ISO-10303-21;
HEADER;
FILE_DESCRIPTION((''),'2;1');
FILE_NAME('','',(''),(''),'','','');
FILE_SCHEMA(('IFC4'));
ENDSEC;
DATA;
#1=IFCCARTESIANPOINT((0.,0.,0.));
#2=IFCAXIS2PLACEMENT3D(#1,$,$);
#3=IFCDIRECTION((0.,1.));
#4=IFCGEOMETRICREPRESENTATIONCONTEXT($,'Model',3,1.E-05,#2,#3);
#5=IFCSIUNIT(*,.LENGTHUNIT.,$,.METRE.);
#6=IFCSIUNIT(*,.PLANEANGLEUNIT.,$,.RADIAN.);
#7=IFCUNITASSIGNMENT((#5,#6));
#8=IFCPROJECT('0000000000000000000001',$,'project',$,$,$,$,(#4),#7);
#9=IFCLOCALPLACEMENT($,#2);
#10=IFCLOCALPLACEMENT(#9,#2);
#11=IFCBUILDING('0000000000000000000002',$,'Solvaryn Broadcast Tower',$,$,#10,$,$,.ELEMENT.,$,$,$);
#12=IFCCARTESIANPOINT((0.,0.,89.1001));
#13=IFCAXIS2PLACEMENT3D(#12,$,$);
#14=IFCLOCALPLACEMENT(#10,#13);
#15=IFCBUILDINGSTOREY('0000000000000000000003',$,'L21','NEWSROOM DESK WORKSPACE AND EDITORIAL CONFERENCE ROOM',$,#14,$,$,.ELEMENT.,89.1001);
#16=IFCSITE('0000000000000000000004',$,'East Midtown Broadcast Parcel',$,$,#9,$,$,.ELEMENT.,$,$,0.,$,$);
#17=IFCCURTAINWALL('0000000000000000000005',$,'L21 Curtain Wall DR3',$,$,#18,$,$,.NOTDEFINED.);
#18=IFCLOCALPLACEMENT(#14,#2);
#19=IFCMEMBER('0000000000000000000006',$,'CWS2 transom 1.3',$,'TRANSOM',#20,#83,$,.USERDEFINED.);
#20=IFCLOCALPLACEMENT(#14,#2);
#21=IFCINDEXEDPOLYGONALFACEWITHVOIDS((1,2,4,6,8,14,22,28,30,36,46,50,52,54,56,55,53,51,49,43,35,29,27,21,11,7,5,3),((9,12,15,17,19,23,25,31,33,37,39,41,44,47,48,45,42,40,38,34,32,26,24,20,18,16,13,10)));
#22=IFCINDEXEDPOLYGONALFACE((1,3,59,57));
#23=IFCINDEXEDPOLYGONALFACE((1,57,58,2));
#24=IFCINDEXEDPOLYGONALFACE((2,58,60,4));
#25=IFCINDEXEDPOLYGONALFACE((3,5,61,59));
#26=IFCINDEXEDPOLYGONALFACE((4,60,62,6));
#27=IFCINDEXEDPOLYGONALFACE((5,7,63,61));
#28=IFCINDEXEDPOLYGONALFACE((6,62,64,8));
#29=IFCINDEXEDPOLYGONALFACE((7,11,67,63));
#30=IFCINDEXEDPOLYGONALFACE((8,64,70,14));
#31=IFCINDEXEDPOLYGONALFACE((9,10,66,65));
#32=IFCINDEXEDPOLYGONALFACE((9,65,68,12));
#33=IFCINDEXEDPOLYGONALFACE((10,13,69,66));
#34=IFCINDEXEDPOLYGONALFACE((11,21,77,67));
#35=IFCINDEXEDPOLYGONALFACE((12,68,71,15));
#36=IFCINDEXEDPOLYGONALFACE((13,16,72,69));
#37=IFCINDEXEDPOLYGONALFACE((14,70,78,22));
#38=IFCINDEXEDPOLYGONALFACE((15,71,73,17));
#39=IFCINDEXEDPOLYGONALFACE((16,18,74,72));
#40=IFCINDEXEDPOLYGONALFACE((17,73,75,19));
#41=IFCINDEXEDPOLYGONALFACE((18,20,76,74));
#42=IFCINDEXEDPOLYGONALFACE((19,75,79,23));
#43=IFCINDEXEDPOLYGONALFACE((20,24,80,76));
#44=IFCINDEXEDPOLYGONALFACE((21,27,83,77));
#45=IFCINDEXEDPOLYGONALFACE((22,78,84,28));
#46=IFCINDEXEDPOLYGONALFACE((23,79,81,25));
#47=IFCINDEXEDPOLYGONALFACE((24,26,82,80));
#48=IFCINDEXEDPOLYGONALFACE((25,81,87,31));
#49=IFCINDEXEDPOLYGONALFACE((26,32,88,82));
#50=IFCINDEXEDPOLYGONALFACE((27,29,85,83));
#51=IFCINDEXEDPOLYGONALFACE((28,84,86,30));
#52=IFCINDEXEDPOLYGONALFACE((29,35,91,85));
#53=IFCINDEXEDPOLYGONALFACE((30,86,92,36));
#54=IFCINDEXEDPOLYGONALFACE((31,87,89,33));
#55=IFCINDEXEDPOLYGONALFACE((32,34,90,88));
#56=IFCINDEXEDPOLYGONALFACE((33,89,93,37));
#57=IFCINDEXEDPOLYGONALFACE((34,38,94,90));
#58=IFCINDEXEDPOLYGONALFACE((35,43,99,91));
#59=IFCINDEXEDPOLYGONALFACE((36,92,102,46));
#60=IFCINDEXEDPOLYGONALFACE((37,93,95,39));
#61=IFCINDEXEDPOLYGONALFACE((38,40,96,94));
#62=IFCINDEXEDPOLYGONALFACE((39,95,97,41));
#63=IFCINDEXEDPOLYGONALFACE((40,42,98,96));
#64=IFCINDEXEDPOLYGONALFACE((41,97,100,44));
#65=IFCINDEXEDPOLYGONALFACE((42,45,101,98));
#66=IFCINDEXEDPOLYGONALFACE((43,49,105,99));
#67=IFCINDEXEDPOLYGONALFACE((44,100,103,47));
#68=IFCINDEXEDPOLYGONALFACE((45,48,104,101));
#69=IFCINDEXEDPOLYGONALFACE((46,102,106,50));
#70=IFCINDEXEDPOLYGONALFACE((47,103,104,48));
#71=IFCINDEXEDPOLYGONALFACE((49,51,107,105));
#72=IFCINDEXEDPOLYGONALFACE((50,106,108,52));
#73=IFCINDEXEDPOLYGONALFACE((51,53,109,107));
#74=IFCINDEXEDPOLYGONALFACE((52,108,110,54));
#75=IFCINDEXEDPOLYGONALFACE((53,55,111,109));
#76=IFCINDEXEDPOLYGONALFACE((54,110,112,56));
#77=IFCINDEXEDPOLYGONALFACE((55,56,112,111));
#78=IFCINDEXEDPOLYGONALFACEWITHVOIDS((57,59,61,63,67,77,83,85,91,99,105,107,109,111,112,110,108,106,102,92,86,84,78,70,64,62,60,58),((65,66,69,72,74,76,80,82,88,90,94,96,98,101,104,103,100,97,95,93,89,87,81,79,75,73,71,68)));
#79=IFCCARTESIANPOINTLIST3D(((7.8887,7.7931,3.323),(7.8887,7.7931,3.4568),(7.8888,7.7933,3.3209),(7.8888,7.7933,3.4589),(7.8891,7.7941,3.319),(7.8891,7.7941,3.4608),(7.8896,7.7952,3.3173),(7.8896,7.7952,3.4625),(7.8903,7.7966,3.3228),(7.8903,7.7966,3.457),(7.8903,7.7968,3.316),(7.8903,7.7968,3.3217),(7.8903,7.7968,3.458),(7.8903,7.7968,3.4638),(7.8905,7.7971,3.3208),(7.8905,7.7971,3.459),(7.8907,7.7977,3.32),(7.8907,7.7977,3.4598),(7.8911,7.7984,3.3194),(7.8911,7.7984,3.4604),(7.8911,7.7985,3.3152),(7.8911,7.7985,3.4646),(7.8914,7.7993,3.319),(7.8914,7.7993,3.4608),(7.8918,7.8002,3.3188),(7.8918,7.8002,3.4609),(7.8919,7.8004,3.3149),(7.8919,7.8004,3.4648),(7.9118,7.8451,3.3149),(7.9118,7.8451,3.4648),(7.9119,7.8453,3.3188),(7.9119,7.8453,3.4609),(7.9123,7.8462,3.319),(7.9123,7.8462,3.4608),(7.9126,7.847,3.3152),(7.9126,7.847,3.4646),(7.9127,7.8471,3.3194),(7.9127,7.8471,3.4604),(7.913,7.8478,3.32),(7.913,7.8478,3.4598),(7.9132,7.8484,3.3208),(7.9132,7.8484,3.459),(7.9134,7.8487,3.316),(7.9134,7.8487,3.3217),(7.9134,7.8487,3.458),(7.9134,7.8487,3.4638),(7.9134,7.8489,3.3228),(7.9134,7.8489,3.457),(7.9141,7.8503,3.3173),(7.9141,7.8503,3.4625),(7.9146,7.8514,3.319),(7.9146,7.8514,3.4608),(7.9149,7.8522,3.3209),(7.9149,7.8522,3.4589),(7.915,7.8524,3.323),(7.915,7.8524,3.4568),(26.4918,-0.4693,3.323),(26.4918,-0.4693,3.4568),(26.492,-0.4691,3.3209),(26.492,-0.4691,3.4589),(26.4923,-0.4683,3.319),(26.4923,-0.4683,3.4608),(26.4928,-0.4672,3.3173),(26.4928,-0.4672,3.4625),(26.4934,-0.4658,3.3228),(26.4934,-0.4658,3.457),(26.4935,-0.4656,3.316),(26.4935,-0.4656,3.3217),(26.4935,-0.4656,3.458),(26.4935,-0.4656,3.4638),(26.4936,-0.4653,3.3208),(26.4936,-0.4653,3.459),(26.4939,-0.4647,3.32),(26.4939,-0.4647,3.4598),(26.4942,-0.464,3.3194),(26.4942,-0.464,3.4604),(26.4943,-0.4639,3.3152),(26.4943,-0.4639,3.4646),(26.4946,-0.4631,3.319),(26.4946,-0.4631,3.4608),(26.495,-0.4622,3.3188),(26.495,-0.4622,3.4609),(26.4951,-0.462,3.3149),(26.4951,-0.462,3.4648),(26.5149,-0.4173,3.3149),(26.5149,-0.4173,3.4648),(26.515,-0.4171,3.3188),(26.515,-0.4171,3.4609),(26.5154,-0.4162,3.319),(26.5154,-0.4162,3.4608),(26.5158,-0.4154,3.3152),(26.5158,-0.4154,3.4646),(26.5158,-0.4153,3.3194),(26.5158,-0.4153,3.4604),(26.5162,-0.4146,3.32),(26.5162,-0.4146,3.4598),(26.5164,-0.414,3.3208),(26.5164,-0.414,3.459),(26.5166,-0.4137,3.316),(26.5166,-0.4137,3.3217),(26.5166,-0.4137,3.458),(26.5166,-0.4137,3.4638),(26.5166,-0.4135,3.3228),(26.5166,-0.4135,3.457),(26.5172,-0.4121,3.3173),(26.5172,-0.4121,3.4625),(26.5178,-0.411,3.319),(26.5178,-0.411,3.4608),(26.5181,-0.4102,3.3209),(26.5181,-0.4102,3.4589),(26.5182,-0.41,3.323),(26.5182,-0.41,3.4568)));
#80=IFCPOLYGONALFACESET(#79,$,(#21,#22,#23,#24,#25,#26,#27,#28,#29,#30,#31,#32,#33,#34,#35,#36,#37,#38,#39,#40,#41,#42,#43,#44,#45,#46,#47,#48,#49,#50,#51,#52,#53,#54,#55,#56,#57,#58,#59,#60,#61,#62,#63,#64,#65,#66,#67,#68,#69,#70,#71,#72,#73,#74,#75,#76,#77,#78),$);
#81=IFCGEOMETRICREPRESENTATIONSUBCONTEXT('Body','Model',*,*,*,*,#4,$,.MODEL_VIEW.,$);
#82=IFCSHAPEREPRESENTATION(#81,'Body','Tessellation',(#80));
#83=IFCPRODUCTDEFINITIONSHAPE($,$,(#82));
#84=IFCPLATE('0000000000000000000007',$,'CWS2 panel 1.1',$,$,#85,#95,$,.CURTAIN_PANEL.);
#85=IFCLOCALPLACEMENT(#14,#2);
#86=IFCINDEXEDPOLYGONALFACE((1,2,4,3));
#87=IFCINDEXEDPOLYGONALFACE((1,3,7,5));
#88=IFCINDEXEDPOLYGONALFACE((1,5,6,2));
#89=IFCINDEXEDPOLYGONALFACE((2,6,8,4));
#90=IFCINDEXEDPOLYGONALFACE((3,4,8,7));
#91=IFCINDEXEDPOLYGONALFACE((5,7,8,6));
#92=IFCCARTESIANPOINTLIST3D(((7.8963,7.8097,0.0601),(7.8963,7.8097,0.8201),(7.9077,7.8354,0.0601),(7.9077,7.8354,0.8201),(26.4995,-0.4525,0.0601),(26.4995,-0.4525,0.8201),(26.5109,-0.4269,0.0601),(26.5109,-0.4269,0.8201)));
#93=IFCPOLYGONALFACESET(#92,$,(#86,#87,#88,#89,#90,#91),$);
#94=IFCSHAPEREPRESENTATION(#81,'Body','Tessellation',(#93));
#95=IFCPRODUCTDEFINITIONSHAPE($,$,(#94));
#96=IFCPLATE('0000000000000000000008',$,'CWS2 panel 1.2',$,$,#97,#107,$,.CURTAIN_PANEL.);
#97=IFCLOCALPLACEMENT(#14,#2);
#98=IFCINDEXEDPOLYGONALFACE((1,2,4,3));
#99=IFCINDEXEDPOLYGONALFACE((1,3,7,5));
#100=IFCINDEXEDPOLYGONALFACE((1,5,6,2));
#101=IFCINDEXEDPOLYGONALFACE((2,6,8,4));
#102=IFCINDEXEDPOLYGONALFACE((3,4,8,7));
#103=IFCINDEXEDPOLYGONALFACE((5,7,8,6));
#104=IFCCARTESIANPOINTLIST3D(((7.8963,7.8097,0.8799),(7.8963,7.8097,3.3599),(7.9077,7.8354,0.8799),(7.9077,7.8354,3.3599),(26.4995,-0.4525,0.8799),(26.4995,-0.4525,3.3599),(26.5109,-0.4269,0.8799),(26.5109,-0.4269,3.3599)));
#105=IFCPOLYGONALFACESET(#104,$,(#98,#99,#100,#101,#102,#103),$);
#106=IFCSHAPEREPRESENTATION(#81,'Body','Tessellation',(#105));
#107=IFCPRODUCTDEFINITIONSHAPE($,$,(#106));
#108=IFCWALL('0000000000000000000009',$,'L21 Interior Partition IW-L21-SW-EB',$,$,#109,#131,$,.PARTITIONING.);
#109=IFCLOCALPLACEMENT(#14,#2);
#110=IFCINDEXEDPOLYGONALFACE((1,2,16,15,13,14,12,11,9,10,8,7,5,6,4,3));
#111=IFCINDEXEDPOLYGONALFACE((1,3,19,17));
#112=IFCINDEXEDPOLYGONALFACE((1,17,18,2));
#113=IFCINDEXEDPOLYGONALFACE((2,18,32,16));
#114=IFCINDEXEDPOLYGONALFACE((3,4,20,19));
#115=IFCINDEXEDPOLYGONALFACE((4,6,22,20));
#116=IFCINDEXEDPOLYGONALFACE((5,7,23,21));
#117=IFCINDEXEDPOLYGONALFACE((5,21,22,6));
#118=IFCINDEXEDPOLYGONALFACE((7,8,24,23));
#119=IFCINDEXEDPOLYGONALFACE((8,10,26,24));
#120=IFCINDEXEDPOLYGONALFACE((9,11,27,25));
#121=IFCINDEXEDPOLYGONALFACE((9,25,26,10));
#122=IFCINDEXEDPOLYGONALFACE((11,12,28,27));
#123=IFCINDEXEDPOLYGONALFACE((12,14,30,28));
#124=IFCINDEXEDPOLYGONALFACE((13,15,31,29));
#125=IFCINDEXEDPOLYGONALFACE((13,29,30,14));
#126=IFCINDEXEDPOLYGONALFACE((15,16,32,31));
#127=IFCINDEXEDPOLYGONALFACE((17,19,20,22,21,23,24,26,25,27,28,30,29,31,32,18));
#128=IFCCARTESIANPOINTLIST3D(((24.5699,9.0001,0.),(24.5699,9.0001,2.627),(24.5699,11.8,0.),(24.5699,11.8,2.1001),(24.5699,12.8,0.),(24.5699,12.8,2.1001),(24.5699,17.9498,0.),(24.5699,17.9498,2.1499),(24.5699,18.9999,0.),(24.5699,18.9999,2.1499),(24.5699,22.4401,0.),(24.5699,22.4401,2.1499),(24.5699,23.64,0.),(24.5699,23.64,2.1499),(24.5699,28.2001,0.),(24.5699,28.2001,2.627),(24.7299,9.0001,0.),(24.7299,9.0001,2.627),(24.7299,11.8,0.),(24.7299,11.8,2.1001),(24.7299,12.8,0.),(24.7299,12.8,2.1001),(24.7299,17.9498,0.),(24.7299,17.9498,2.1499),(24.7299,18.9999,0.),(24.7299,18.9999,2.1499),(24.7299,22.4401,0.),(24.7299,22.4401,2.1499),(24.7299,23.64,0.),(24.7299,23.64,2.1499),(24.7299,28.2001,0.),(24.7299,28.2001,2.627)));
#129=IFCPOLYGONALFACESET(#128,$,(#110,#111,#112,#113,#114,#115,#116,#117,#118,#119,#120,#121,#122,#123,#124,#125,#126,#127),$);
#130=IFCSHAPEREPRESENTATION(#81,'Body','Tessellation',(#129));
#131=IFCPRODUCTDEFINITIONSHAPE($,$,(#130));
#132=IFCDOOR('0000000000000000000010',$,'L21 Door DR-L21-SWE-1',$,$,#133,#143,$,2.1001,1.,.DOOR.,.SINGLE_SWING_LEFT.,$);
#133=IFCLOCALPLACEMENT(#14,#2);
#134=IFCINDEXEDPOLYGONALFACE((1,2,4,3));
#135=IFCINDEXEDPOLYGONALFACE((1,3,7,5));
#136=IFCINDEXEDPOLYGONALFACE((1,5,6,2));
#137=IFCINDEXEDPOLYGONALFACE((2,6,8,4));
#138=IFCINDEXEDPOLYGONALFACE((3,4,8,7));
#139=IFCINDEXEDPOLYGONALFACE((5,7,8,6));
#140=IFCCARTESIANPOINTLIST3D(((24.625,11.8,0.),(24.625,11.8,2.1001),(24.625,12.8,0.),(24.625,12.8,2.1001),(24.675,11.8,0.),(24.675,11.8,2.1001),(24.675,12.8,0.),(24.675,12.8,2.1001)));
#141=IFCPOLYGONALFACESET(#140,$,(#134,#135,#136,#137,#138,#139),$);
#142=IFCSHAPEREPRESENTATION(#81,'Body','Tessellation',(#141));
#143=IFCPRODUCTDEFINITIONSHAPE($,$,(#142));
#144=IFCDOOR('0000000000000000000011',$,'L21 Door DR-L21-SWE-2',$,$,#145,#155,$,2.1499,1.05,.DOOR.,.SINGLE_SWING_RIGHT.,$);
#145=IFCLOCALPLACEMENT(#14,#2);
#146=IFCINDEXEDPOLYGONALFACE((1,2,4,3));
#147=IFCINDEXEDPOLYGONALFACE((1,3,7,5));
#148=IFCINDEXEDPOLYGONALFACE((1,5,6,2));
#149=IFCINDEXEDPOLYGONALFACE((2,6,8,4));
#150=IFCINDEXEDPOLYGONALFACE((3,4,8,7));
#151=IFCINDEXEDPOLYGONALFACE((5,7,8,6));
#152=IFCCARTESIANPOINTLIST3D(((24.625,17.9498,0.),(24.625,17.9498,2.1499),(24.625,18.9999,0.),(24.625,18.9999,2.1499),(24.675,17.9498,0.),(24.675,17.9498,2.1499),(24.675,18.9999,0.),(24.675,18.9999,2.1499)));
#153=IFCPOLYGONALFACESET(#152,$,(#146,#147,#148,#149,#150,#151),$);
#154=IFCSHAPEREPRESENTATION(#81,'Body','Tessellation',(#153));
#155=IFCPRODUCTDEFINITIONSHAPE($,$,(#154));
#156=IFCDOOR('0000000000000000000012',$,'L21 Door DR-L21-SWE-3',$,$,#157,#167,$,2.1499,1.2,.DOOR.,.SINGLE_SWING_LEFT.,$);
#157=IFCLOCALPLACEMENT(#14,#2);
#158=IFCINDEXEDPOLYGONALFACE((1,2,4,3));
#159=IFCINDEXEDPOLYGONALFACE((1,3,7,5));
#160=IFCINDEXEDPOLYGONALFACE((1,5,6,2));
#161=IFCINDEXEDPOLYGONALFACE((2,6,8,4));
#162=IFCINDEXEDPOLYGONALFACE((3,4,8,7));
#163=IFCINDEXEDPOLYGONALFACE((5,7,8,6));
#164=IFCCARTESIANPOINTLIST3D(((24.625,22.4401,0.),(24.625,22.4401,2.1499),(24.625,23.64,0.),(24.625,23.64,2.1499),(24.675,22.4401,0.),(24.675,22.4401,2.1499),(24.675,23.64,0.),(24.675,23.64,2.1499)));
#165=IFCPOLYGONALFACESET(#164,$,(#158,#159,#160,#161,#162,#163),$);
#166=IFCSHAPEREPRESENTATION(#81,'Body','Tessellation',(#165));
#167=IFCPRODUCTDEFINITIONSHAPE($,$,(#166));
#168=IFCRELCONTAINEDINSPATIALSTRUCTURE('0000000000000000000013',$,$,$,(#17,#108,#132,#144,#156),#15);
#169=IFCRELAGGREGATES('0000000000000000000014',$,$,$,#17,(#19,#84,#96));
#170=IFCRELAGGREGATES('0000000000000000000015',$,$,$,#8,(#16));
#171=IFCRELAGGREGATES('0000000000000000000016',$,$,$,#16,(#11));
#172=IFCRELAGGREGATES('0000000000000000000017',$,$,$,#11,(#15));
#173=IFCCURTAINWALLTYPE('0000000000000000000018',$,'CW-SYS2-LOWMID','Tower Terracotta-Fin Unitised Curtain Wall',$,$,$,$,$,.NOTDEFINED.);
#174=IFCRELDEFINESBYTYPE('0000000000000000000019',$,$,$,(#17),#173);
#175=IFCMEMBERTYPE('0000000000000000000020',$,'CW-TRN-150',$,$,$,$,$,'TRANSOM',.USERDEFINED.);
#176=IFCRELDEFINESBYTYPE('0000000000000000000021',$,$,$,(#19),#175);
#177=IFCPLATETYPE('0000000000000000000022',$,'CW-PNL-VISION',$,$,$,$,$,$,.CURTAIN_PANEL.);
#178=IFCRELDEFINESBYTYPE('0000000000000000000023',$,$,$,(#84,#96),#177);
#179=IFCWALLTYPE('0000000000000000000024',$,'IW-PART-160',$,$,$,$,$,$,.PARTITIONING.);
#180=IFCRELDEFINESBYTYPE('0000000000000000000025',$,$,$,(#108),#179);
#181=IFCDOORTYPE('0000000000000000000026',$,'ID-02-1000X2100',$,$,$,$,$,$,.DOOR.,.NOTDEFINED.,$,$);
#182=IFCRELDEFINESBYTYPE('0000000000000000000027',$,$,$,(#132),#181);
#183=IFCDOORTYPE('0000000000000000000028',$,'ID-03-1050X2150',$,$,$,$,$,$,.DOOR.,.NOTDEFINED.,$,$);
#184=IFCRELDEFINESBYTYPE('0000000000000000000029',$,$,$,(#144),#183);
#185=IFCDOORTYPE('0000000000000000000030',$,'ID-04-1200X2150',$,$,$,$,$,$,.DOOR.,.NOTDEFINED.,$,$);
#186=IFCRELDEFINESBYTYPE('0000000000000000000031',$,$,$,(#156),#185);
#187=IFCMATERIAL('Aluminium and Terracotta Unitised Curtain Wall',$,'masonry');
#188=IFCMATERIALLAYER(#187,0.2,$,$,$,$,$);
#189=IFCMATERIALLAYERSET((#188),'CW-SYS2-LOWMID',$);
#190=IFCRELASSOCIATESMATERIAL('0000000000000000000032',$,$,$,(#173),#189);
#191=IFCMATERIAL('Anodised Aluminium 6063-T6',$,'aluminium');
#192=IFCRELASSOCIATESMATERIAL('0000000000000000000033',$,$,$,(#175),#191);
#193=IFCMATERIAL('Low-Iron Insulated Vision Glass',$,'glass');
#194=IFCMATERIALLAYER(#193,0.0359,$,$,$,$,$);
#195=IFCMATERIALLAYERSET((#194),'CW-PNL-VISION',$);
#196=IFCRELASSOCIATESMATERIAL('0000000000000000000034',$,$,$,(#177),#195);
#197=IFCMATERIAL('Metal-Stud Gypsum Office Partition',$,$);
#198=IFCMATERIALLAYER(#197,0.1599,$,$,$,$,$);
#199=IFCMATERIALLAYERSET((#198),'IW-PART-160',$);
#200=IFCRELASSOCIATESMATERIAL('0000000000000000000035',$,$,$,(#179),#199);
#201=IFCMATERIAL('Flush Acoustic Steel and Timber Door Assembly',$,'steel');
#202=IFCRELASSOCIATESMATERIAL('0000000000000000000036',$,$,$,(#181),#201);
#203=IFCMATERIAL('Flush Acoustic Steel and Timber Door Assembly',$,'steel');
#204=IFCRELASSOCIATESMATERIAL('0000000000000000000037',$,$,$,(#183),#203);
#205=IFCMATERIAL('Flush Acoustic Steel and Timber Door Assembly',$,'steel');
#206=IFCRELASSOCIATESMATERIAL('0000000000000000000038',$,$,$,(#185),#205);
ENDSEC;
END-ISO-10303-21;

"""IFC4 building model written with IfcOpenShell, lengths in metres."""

from ifc_helpers import new_model, si_unit, direction, frame, frame_2d, origin, origin_2d, place, context, subcontext, project, spatial, rectangle, hollow_rectangle, extrude, material, layer, layer_set, material_profile, profile_set, type_object, element, fill, aggregate, save


model = new_model("IFC4")

# Units and contexts
model_context = context("Model", 3, precision=1e-05, world=origin(), true_north=direction((0.0, 1.0)))
body_context = subcontext(model_context, "Body", "Model", "MODEL_VIEW")
ifc_project = project(units=[si_unit("LENGTHUNIT", "METRE"), si_unit("PLANEANGLEUNIT", "RADIAN")], contexts=[model_context])

# Site, building, storey
site_placement = place(None, origin())
site = spatial("IfcSite", under=ifc_project, at=site_placement, Name="East Midtown Broadcast Parcel", CompositionType="ELEMENT", RefElevation=0.0)
building_placement = place(site_placement, origin())
building = spatial("IfcBuilding", under=site, at=building_placement, Name="Solvaryn Broadcast Tower", CompositionType="ELEMENT")
storey_placement = place(building_placement, frame((0.0, 0.0, 89.1001)))
storey = spatial("IfcBuildingStorey", under=building, at=storey_placement, Name="L21", Description="NEWSROOM DESK WORKSPACE AND EDITORIAL CONFERENCE ROOM", CompositionType="ELEMENT", Elevation=89.1001)

# Shared definitions
ifc_material_1 = material(Name="Aluminium and Terracotta Unitised Curtain Wall", Category="masonry")
ifc_layer_1 = layer(ifc_material_1, 0.2)
ifc_layer_set_1 = layer_set([ifc_layer_1], Name="CW-SYS2-LOWMID")
curtain_wall_type = type_object("IfcCurtainWallType", Name="CW-SYS2-LOWMID", Description="Tower Terracotta-Fin Unitised Curtain Wall", PredefinedType="NOTDEFINED", material=ifc_layer_set_1)

# Curtain wall, member, plates
curtain_wall_1_placement = place(storey_placement, origin())
curtain_wall_1 = element("IfcCurtainWall", 1, at=curtain_wall_1_placement, inside=storey, type_object=curtain_wall_type, Name="L21 Curtain Wall DR3", PredefinedType="NOTDEFINED")
ifc_material_2 = material(Name="Anodised Aluminium 6063-T6", Category="aluminium")
ifc_material_profile_1 = material_profile(ifc_material_2, hollow_rectangle(XDim=0.0649, YDim=0.1499, WallThickness=0.0039, InnerFilletRadius=0.0039, OuterFilletRadius=0.0081, at=origin_2d()))
ifc_profile_set_1 = profile_set([ifc_material_profile_1], Name="Anodised Aluminium 6063-T6")
member_type_1 = type_object("IfcMemberType", Name="CW-TRN-150", ElementType="TRANSOM", PredefinedType="USERDEFINED", material=ifc_profile_set_1)
member_1_placement = place(storey_placement, frame((7.9019, 7.8228, 3.3899), z_axis=(0.913915, -0.405906, 0.0), x_axis=(0.405906, 0.913915, 0.0)))
member_1 = element("IfcMember", 2, at=member_1_placement, type_object=member_type_1, Name="CWS2 transom 1.3", ObjectType="TRANSOM", PredefinedType="USERDEFINED", context=body_context, shape_type="SweptSolid", body=[
    extrude(hollow_rectangle(XDim=0.0649, YDim=0.1499, WallThickness=0.0039, InnerFilletRadius=0.0039, OuterFilletRadius=0.0081, at=origin_2d()), origin(), (0.0, 0.0, 1.0), 20.3555),
])
ifc_material_3 = material(Name="Low-Iron Insulated Vision Glass", Category="glass")
ifc_layer_2 = layer(ifc_material_3, 0.0359)
ifc_layer_set_2 = layer_set([ifc_layer_2], Name="CW-PNL-VISION")
plate_type = type_object("IfcPlateType", Name="CW-PNL-VISION", PredefinedType="CURTAIN_PANEL", material=ifc_layer_set_2)
plate_1_placement = place(storey_placement, frame((17.2036, 3.6914, 0.0601), z_axis=(0.0, 0.0, 1.0), x_axis=(0.913918, -0.405898, 0.0)))
plate_1 = element("IfcPlate", 3, at=plate_1_placement, type_object=plate_type, Name="CWS2 panel 1.1", PredefinedType="CURTAIN_PANEL", context=body_context, shape_type="SweptSolid", body=[
    extrude(rectangle(XDim=20.3555, YDim=0.0281, at=origin_2d()), origin(), (0.0, 0.0, 1.0), 0.76),
])
plate_2_placement = place(storey_placement, frame((17.2036, 3.6914, 0.8799), z_axis=(0.0, 0.0, 1.0), x_axis=(0.913918, -0.405898, 0.0)))
plate_2 = element("IfcPlate", 4, at=plate_2_placement, type_object=plate_type, Name="CWS2 panel 1.2", PredefinedType="CURTAIN_PANEL", context=body_context, shape_type="SweptSolid", body=[
    extrude(rectangle(XDim=20.3555, YDim=0.0281, at=origin_2d()), origin(), (0.0, 0.0, 1.0), 2.48),
])
aggregate(curtain_wall_1, [member_1, plate_1, plate_2])

# Wall, openings, doors
ifc_material_4 = material(Name="Metal-Stud Gypsum Office Partition")
ifc_layer_3 = layer(ifc_material_4, 0.1599)
ifc_layer_set_3 = layer_set([ifc_layer_3], Name="IW-PART-160")
wall_type_1 = type_object("IfcWallType", Name="IW-PART-160", PredefinedType="PARTITIONING", material=ifc_layer_set_3)
wall_1_placement = place(storey_placement, frame((24.6499, 9.0, 0.0), z_axis=(0.0, 0.0, 1.0), x_axis=(0.0, 1.0, 0.0)))
wall_1 = element("IfcWall", 5, at=wall_1_placement, inside=storey, type_object=wall_type_1, Name="L21 Interior Partition IW-L21-SW-EB", PredefinedType="PARTITIONING", context=body_context, shape_type="SweptSolid", body=[
    extrude(rectangle(XDim=19.2, YDim=0.1599, at=frame_2d((9.6001, 0.0))), origin(), (0.0, 0.0, 1.0), 2.627),
])
opening_1_placement = place(wall_1_placement, frame((2.8, 0.0, 0.0)))
opening_1 = element("IfcOpeningElement", 6, at=opening_1_placement, cuts=wall_1, PredefinedType="OPENING", context=body_context, shape_type="SweptSolid", body=[
    extrude(rectangle(XDim=1.0, YDim=2.1001, at=frame_2d((0.5, 1.05))), frame((0.0, 0.0901, 0.0), z_axis=(0.0, -1.0, 0.0), x_axis=(1.0, 0.0, 0.0)), (0.0, 0.0, 1.0), 0.1799),
])
opening_2_placement = place(wall_1_placement, frame((8.95, 0.0, 0.0)))
opening_2 = element("IfcOpeningElement", 7, at=opening_2_placement, cuts=wall_1, PredefinedType="OPENING", context=body_context, shape_type="SweptSolid", body=[
    extrude(rectangle(XDim=1.05, YDim=2.1499, at=frame_2d((0.5249, 1.075))), frame((0.0, 0.0901, 0.0), z_axis=(0.0, -1.0, 0.0), x_axis=(1.0, 0.0, 0.0)), (0.0, 0.0, 1.0), 0.1799),
])
opening_3_placement = place(wall_1_placement, frame((13.4399, 0.0, 0.0)))
opening_3 = element("IfcOpeningElement", 8, at=opening_3_placement, cuts=wall_1, PredefinedType="OPENING", context=body_context, shape_type="SweptSolid", body=[
    extrude(rectangle(XDim=1.2, YDim=2.1499, at=frame_2d((0.6001, 1.075))), frame((0.0, 0.0901, 0.0), z_axis=(0.0, -1.0, 0.0), x_axis=(1.0, 0.0, 0.0)), (0.0, 0.0, 1.0), 0.1799),
])
ifc_material_5 = material(Name="Flush Acoustic Steel and Timber Door Assembly", Category="steel")
door_type_1 = type_object("IfcDoorType", Name="ID-02-1000X2100", OperationType="NOTDEFINED", PredefinedType="DOOR", material=ifc_material_5)
door_1_placement = place(opening_1_placement, origin())
door_1 = element("IfcDoor", 9, at=door_1_placement, inside=storey, type_object=door_type_1, Name="L21 Door DR-L21-SWE-1", OperationType="SINGLE_SWING_LEFT", OverallHeight=2.1001, OverallWidth=1.0, PredefinedType="DOOR", context=body_context, shape_type="SweptSolid", body=[
    extrude(rectangle(XDim=1.0, YDim=2.1001, at=frame_2d((0.5, 1.05))), frame((0.0, 0.0249, 0.0), z_axis=(0.0, -1.0, 0.0), x_axis=(1.0, 0.0, 0.0)), (0.0, 0.0, 1.0), 0.05),
])
fill(opening_1, door_1)
ifc_material_6 = material(Name="Flush Acoustic Steel and Timber Door Assembly", Category="steel")
door_type_2 = type_object("IfcDoorType", Name="ID-03-1050X2150", OperationType="NOTDEFINED", PredefinedType="DOOR", material=ifc_material_6)
door_2_placement = place(opening_2_placement, origin())
door_2 = element("IfcDoor", 10, at=door_2_placement, inside=storey, type_object=door_type_2, Name="L21 Door DR-L21-SWE-2", OperationType="SINGLE_SWING_RIGHT", OverallHeight=2.1499, OverallWidth=1.05, PredefinedType="DOOR", context=body_context, shape_type="SweptSolid", body=[
    extrude(rectangle(XDim=1.05, YDim=2.1499, at=frame_2d((0.5249, 1.075))), frame((0.0, 0.0249, 0.0), z_axis=(0.0, -1.0, 0.0), x_axis=(1.0, 0.0, 0.0)), (0.0, 0.0, 1.0), 0.05),
])
fill(opening_2, door_2)
ifc_material_7 = material(Name="Flush Acoustic Steel and Timber Door Assembly", Category="steel")
door_type_3 = type_object("IfcDoorType", Name="ID-04-1200X2150", OperationType="NOTDEFINED", PredefinedType="DOOR", material=ifc_material_7)
door_3_placement = place(opening_3_placement, origin())
door_3 = element("IfcDoor", 11, at=door_3_placement, inside=storey, type_object=door_type_3, Name="L21 Door DR-L21-SWE-3", OperationType="SINGLE_SWING_LEFT", OverallHeight=2.1499, OverallWidth=1.2, PredefinedType="DOOR", context=body_context, shape_type="SweptSolid", body=[
    extrude(rectangle(XDim=1.2, YDim=2.1499, at=frame_2d((0.6001, 1.075))), frame((0.0, 0.0249, 0.0), z_axis=(0.0, -1.0, 0.0), x_axis=(1.0, 0.0, 0.0)), (0.0, 0.0, 1.0), 0.05),
])
fill(opening_3, door_3)

save(model, "model.ifc")
